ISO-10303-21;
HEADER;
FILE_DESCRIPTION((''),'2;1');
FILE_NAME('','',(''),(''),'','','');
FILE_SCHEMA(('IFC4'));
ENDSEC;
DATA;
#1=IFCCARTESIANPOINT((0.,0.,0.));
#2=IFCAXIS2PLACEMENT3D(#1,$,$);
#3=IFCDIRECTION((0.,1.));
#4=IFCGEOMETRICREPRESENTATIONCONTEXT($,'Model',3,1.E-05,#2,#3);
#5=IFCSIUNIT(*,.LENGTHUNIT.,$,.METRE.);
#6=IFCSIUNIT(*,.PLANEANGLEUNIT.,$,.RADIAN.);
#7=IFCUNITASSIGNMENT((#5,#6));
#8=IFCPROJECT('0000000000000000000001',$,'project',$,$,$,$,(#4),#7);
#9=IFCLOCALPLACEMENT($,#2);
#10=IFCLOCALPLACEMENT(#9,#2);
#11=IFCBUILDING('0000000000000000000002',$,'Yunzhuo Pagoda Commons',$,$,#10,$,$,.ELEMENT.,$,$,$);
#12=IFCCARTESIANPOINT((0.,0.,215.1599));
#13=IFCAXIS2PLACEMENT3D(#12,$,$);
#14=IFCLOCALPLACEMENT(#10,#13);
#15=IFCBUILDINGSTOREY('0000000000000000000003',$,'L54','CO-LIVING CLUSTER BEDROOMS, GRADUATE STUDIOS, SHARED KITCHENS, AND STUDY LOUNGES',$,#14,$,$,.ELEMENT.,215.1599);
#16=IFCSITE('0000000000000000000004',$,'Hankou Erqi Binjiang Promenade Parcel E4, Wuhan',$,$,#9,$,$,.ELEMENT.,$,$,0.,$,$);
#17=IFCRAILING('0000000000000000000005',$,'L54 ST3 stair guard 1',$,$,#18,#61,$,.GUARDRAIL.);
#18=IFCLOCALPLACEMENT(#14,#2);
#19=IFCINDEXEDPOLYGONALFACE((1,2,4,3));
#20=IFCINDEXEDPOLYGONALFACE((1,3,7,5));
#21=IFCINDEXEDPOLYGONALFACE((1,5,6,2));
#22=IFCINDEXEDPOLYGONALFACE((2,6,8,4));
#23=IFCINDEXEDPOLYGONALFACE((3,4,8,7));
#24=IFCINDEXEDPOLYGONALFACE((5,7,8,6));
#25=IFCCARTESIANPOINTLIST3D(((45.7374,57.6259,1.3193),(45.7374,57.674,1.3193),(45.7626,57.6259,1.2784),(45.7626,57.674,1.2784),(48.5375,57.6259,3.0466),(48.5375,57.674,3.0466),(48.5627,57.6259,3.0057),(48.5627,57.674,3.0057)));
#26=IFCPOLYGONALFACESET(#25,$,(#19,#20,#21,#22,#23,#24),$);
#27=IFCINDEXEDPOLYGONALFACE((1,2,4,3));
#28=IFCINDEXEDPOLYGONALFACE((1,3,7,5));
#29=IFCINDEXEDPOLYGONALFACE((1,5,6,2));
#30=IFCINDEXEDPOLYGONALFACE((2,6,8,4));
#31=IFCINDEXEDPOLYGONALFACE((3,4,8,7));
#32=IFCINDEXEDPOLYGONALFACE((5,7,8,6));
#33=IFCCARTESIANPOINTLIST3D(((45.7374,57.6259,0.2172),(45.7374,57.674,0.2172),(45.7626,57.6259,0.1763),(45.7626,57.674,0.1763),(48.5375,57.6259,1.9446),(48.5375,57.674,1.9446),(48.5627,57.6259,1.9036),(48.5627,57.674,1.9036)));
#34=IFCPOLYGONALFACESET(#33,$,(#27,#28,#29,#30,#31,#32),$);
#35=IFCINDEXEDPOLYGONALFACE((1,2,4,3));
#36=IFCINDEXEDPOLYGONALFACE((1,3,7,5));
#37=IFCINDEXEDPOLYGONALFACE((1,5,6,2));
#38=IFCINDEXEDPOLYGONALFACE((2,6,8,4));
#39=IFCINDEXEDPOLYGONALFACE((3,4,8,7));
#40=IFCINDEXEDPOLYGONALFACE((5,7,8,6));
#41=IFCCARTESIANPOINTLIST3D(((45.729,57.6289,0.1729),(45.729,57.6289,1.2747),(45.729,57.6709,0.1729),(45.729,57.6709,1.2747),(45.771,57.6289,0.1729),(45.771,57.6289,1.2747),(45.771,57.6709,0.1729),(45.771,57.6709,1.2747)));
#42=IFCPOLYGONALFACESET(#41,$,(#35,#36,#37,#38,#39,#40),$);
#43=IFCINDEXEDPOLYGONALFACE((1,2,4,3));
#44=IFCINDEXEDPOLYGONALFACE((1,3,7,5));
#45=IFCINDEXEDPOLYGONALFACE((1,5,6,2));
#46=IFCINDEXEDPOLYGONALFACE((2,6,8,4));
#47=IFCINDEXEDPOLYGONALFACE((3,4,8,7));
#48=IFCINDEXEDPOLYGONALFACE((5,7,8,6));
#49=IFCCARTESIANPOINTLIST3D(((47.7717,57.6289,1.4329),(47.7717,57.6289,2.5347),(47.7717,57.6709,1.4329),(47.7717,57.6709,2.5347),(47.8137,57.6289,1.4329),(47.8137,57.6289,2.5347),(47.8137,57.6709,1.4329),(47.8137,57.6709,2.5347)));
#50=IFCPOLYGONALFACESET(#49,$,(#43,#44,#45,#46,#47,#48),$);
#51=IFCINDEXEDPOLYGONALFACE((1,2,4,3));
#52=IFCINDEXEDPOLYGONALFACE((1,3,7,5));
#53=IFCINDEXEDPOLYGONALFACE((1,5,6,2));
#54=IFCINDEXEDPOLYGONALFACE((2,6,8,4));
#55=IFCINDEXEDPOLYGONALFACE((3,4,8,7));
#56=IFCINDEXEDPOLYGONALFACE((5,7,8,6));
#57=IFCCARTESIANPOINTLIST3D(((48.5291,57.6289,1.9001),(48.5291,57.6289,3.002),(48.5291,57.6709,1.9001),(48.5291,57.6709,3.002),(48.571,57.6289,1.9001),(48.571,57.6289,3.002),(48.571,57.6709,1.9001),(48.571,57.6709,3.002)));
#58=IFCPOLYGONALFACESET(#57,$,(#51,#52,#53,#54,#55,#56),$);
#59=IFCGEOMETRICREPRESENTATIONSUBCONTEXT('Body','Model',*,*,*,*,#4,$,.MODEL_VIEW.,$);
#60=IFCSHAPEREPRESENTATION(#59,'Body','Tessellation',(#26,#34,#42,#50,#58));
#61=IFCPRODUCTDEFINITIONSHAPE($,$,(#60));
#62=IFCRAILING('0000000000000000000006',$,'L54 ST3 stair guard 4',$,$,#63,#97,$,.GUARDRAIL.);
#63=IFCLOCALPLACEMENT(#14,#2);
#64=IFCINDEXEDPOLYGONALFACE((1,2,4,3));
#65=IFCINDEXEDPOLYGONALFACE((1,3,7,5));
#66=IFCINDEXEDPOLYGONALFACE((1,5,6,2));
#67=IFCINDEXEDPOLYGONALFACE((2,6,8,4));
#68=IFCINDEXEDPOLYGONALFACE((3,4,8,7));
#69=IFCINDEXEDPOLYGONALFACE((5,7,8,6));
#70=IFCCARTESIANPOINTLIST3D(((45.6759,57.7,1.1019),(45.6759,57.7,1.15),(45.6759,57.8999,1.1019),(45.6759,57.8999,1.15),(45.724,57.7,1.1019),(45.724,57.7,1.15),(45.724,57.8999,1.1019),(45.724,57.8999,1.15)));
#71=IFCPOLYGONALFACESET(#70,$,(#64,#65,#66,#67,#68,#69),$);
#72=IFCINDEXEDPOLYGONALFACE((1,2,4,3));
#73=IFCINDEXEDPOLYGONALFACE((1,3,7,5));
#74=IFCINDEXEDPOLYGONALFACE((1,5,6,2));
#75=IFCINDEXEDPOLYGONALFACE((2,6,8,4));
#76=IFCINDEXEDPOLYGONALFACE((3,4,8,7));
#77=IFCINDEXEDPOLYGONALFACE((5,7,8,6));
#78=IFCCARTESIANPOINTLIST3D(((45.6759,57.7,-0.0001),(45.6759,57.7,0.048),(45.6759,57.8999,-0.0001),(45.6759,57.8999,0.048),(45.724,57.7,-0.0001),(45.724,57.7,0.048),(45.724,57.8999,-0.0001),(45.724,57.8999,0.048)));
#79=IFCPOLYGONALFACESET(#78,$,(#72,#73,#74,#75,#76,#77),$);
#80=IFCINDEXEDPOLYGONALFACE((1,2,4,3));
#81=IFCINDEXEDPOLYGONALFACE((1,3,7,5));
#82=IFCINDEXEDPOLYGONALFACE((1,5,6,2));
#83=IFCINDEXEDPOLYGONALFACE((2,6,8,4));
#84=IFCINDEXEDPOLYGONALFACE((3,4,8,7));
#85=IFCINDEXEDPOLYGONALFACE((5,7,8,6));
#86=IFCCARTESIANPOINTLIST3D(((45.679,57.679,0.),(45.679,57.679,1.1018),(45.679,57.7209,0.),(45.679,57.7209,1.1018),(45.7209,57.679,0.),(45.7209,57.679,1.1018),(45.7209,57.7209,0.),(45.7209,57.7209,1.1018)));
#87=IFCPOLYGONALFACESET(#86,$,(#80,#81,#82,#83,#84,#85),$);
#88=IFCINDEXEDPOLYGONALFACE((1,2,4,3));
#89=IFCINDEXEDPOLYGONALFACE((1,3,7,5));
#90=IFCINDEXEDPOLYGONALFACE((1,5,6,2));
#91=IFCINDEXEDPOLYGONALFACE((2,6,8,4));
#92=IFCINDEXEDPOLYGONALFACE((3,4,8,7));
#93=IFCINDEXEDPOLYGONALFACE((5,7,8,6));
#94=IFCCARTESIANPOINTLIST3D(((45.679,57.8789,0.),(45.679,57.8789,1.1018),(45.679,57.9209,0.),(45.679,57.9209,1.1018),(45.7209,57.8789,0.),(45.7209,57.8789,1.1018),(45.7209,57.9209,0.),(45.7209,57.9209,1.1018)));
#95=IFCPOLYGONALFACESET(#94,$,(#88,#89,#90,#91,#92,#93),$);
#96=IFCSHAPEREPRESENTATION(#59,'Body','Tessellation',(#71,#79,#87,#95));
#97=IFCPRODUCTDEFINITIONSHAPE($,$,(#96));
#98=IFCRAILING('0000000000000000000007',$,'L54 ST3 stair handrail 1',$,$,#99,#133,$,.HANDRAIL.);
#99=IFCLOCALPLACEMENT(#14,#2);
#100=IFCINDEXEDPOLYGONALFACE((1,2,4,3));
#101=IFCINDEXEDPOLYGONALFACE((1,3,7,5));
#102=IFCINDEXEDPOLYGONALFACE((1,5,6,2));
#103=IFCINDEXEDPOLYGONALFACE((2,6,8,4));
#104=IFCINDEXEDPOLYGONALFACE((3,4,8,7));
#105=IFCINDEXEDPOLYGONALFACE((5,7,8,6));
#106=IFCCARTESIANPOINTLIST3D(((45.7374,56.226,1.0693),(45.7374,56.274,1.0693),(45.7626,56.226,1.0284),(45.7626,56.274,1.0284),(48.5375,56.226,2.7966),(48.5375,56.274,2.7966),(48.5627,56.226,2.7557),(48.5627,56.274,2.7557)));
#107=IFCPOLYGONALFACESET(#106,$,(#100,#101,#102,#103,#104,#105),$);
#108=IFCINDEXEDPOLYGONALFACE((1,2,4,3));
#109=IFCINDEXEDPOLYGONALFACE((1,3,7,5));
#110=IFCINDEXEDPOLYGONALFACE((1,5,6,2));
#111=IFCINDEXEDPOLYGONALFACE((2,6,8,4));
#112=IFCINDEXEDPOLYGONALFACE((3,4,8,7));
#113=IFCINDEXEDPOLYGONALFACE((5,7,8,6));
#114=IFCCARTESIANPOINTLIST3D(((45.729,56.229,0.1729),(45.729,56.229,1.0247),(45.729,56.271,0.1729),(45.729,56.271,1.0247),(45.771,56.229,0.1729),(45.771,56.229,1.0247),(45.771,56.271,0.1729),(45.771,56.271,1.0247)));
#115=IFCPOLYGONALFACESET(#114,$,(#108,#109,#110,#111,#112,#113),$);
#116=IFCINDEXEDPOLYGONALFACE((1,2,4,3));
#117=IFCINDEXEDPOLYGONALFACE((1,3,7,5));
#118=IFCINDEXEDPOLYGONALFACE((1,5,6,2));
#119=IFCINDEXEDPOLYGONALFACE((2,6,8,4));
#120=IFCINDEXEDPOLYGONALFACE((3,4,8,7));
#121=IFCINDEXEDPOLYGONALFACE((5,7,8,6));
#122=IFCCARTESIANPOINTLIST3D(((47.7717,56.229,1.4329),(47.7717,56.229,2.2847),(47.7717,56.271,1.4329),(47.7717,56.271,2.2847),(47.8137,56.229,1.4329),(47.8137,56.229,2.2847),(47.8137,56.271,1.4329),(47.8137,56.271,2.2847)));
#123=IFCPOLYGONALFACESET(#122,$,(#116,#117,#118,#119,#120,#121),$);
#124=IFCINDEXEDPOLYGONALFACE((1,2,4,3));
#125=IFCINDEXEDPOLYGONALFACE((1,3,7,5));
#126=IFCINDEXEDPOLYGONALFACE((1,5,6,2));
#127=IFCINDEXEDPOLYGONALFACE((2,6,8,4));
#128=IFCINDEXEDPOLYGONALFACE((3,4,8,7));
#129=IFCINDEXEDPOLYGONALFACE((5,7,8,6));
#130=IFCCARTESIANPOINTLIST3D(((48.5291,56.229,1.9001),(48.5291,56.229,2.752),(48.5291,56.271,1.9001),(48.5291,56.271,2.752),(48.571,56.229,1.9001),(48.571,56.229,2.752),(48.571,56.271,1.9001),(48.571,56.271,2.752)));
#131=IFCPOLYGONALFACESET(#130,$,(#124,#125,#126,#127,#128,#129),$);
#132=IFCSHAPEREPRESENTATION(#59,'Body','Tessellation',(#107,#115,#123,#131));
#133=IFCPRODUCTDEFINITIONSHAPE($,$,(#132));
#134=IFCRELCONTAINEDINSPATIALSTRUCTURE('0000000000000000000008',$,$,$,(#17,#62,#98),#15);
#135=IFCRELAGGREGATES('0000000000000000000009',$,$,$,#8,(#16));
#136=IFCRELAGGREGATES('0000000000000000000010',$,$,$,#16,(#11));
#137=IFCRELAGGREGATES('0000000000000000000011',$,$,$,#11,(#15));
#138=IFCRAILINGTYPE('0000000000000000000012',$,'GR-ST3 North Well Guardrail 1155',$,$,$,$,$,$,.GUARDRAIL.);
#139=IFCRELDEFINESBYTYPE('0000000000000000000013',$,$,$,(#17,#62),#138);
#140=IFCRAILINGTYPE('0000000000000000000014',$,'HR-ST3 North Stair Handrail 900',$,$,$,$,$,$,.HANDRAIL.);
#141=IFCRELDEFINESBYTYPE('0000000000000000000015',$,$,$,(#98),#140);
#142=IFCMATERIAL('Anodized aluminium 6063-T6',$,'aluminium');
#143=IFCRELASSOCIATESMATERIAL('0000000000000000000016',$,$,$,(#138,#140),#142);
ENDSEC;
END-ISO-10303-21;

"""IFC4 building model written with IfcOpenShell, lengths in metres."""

from ifc_helpers import new_model, si_unit, direction, frame, origin, origin_2d, place, context, subcontext, project, spatial, rectangle, extrude, material, type_object, element, save


model = new_model("IFC4")

# Units and contexts
model_context = context("Model", 3, precision=1e-05, world=origin(), true_north=direction((0.0, 1.0)))
body_context = subcontext(model_context, "Body", "Model", "MODEL_VIEW")
ifc_project = project(units=[si_unit("LENGTHUNIT", "METRE"), si_unit("PLANEANGLEUNIT", "RADIAN")], contexts=[model_context])

# Site, building, storey
site_placement = place(None, origin())
site = spatial("IfcSite", under=ifc_project, at=site_placement, Name="Hankou Erqi Binjiang Promenade Parcel E4, Wuhan", CompositionType="ELEMENT", RefElevation=0.0)
building_placement = place(site_placement, origin())
building = spatial("IfcBuilding", under=site, at=building_placement, Name="Yunzhuo Pagoda Commons", CompositionType="ELEMENT")
storey_placement = place(building_placement, frame((0.0, 0.0, 215.1599)))
storey = spatial("IfcBuildingStorey", under=building, at=storey_placement, Name="L54", Description="CO-LIVING CLUSTER BEDROOMS, GRADUATE STUDIOS, SHARED KITCHENS, AND STUDY LOUNGES", CompositionType="ELEMENT", Elevation=215.1599)

# Shared definitions
ifc_material_1 = material(Name="Anodized aluminium 6063-T6", Category="aluminium")

# Railings
railing_type_1 = type_object("IfcRailingType", Name="GR-ST3 North Well Guardrail 1155", PredefinedType="GUARDRAIL", material=ifc_material_1)
railing_1_placement = place(storey_placement, frame((45.75, 57.6499, 0.1729)))
element("IfcRailing", 1, at=railing_1_placement, inside=storey, type_object=railing_type_1, Name="L54 ST3 stair guard 1", PredefinedType="GUARDRAIL", context=body_context, shape_type="SweptSolid", body=[
    extrude(rectangle(XDim=0.0481, YDim=0.0481, at=origin_2d()), frame((0.0, 0.0, 1.126), z_axis=(0.85109, 0.0, 0.52502), x_axis=(0.0, 1.0, 0.0)), (0.0, 0.0, 1.0), 3.29),
    extrude(rectangle(XDim=0.0481, YDim=0.0481, at=origin_2d()), frame((0.0, 0.0, 0.0239), z_axis=(0.85109, 0.0, 0.52502), x_axis=(0.0, 1.0, 0.0)), (0.0, 0.0, 1.0), 3.29),
    extrude(rectangle(XDim=0.042, YDim=0.042, at=origin_2d()), origin(), (0.0, 0.0, 1.0), 1.1018),
    extrude(rectangle(XDim=0.042, YDim=0.042, at=origin_2d()), frame((2.0427, 0.0, 1.26)), (0.0, 0.0, 1.0), 1.1018),
    extrude(rectangle(XDim=0.042, YDim=0.042, at=origin_2d()), frame((2.8, 0.0, 1.7273)), (0.0, 0.0, 1.0), 1.1018),
])
railing_2_placement = place(storey_placement, frame((45.7, 57.7, 0.0)))
element("IfcRailing", 2, at=railing_2_placement, inside=storey, type_object=railing_type_1, Name="L54 ST3 stair guard 4", PredefinedType="GUARDRAIL", context=body_context, shape_type="SweptSolid", body=[
    extrude(rectangle(XDim=0.0481, YDim=0.0481, at=origin_2d()), frame((0.0, 0.0, 1.126), z_axis=(0.0, 1.0, 0.0), x_axis=(-1.0, 0.0, 0.0)), (0.0, 0.0, 1.0), 0.2),
    extrude(rectangle(XDim=0.0481, YDim=0.0481, at=origin_2d()), frame((0.0, 0.0, 0.0239), z_axis=(0.0, 1.0, 0.0), x_axis=(-1.0, 0.0, 0.0)), (0.0, 0.0, 1.0), 0.2),
    extrude(rectangle(XDim=0.042, YDim=0.042, at=origin_2d()), origin(), (0.0, 0.0, 1.0), 1.1018),
    extrude(rectangle(XDim=0.042, YDim=0.042, at=origin_2d()), frame((0.0, 0.2, 0.0)), (0.0, 0.0, 1.0), 1.1018),
])
railing_type_2 = type_object("IfcRailingType", Name="HR-ST3 North Stair Handrail 900", PredefinedType="HANDRAIL", material=ifc_material_1)
railing_3_placement = place(storey_placement, frame((45.75, 56.25, 0.1729)))
element("IfcRailing", 3, at=railing_3_placement, inside=storey, type_object=railing_type_2, Name="L54 ST3 stair handrail 1", PredefinedType="HANDRAIL", context=body_context, shape_type="SweptSolid", body=[
    extrude(rectangle(XDim=0.0481, YDim=0.0481, at=origin_2d()), frame((0.0, 0.0, 0.876), z_axis=(0.85109, 0.0, 0.52502), x_axis=(0.0, 1.0, 0.0)), (0.0, 0.0, 1.0), 3.29),
    extrude(rectangle(XDim=0.042, YDim=0.042, at=origin_2d()), origin(), (0.0, 0.0, 1.0), 0.8518),
    extrude(rectangle(XDim=0.042, YDim=0.042, at=origin_2d()), frame((2.0427, 0.0, 1.26)), (0.0, 0.0, 1.0), 0.8518),
    extrude(rectangle(XDim=0.042, YDim=0.042, at=origin_2d()), frame((2.8, 0.0, 1.7273)), (0.0, 0.0, 1.0), 0.8518),
])

save(model, "model.ifc")
